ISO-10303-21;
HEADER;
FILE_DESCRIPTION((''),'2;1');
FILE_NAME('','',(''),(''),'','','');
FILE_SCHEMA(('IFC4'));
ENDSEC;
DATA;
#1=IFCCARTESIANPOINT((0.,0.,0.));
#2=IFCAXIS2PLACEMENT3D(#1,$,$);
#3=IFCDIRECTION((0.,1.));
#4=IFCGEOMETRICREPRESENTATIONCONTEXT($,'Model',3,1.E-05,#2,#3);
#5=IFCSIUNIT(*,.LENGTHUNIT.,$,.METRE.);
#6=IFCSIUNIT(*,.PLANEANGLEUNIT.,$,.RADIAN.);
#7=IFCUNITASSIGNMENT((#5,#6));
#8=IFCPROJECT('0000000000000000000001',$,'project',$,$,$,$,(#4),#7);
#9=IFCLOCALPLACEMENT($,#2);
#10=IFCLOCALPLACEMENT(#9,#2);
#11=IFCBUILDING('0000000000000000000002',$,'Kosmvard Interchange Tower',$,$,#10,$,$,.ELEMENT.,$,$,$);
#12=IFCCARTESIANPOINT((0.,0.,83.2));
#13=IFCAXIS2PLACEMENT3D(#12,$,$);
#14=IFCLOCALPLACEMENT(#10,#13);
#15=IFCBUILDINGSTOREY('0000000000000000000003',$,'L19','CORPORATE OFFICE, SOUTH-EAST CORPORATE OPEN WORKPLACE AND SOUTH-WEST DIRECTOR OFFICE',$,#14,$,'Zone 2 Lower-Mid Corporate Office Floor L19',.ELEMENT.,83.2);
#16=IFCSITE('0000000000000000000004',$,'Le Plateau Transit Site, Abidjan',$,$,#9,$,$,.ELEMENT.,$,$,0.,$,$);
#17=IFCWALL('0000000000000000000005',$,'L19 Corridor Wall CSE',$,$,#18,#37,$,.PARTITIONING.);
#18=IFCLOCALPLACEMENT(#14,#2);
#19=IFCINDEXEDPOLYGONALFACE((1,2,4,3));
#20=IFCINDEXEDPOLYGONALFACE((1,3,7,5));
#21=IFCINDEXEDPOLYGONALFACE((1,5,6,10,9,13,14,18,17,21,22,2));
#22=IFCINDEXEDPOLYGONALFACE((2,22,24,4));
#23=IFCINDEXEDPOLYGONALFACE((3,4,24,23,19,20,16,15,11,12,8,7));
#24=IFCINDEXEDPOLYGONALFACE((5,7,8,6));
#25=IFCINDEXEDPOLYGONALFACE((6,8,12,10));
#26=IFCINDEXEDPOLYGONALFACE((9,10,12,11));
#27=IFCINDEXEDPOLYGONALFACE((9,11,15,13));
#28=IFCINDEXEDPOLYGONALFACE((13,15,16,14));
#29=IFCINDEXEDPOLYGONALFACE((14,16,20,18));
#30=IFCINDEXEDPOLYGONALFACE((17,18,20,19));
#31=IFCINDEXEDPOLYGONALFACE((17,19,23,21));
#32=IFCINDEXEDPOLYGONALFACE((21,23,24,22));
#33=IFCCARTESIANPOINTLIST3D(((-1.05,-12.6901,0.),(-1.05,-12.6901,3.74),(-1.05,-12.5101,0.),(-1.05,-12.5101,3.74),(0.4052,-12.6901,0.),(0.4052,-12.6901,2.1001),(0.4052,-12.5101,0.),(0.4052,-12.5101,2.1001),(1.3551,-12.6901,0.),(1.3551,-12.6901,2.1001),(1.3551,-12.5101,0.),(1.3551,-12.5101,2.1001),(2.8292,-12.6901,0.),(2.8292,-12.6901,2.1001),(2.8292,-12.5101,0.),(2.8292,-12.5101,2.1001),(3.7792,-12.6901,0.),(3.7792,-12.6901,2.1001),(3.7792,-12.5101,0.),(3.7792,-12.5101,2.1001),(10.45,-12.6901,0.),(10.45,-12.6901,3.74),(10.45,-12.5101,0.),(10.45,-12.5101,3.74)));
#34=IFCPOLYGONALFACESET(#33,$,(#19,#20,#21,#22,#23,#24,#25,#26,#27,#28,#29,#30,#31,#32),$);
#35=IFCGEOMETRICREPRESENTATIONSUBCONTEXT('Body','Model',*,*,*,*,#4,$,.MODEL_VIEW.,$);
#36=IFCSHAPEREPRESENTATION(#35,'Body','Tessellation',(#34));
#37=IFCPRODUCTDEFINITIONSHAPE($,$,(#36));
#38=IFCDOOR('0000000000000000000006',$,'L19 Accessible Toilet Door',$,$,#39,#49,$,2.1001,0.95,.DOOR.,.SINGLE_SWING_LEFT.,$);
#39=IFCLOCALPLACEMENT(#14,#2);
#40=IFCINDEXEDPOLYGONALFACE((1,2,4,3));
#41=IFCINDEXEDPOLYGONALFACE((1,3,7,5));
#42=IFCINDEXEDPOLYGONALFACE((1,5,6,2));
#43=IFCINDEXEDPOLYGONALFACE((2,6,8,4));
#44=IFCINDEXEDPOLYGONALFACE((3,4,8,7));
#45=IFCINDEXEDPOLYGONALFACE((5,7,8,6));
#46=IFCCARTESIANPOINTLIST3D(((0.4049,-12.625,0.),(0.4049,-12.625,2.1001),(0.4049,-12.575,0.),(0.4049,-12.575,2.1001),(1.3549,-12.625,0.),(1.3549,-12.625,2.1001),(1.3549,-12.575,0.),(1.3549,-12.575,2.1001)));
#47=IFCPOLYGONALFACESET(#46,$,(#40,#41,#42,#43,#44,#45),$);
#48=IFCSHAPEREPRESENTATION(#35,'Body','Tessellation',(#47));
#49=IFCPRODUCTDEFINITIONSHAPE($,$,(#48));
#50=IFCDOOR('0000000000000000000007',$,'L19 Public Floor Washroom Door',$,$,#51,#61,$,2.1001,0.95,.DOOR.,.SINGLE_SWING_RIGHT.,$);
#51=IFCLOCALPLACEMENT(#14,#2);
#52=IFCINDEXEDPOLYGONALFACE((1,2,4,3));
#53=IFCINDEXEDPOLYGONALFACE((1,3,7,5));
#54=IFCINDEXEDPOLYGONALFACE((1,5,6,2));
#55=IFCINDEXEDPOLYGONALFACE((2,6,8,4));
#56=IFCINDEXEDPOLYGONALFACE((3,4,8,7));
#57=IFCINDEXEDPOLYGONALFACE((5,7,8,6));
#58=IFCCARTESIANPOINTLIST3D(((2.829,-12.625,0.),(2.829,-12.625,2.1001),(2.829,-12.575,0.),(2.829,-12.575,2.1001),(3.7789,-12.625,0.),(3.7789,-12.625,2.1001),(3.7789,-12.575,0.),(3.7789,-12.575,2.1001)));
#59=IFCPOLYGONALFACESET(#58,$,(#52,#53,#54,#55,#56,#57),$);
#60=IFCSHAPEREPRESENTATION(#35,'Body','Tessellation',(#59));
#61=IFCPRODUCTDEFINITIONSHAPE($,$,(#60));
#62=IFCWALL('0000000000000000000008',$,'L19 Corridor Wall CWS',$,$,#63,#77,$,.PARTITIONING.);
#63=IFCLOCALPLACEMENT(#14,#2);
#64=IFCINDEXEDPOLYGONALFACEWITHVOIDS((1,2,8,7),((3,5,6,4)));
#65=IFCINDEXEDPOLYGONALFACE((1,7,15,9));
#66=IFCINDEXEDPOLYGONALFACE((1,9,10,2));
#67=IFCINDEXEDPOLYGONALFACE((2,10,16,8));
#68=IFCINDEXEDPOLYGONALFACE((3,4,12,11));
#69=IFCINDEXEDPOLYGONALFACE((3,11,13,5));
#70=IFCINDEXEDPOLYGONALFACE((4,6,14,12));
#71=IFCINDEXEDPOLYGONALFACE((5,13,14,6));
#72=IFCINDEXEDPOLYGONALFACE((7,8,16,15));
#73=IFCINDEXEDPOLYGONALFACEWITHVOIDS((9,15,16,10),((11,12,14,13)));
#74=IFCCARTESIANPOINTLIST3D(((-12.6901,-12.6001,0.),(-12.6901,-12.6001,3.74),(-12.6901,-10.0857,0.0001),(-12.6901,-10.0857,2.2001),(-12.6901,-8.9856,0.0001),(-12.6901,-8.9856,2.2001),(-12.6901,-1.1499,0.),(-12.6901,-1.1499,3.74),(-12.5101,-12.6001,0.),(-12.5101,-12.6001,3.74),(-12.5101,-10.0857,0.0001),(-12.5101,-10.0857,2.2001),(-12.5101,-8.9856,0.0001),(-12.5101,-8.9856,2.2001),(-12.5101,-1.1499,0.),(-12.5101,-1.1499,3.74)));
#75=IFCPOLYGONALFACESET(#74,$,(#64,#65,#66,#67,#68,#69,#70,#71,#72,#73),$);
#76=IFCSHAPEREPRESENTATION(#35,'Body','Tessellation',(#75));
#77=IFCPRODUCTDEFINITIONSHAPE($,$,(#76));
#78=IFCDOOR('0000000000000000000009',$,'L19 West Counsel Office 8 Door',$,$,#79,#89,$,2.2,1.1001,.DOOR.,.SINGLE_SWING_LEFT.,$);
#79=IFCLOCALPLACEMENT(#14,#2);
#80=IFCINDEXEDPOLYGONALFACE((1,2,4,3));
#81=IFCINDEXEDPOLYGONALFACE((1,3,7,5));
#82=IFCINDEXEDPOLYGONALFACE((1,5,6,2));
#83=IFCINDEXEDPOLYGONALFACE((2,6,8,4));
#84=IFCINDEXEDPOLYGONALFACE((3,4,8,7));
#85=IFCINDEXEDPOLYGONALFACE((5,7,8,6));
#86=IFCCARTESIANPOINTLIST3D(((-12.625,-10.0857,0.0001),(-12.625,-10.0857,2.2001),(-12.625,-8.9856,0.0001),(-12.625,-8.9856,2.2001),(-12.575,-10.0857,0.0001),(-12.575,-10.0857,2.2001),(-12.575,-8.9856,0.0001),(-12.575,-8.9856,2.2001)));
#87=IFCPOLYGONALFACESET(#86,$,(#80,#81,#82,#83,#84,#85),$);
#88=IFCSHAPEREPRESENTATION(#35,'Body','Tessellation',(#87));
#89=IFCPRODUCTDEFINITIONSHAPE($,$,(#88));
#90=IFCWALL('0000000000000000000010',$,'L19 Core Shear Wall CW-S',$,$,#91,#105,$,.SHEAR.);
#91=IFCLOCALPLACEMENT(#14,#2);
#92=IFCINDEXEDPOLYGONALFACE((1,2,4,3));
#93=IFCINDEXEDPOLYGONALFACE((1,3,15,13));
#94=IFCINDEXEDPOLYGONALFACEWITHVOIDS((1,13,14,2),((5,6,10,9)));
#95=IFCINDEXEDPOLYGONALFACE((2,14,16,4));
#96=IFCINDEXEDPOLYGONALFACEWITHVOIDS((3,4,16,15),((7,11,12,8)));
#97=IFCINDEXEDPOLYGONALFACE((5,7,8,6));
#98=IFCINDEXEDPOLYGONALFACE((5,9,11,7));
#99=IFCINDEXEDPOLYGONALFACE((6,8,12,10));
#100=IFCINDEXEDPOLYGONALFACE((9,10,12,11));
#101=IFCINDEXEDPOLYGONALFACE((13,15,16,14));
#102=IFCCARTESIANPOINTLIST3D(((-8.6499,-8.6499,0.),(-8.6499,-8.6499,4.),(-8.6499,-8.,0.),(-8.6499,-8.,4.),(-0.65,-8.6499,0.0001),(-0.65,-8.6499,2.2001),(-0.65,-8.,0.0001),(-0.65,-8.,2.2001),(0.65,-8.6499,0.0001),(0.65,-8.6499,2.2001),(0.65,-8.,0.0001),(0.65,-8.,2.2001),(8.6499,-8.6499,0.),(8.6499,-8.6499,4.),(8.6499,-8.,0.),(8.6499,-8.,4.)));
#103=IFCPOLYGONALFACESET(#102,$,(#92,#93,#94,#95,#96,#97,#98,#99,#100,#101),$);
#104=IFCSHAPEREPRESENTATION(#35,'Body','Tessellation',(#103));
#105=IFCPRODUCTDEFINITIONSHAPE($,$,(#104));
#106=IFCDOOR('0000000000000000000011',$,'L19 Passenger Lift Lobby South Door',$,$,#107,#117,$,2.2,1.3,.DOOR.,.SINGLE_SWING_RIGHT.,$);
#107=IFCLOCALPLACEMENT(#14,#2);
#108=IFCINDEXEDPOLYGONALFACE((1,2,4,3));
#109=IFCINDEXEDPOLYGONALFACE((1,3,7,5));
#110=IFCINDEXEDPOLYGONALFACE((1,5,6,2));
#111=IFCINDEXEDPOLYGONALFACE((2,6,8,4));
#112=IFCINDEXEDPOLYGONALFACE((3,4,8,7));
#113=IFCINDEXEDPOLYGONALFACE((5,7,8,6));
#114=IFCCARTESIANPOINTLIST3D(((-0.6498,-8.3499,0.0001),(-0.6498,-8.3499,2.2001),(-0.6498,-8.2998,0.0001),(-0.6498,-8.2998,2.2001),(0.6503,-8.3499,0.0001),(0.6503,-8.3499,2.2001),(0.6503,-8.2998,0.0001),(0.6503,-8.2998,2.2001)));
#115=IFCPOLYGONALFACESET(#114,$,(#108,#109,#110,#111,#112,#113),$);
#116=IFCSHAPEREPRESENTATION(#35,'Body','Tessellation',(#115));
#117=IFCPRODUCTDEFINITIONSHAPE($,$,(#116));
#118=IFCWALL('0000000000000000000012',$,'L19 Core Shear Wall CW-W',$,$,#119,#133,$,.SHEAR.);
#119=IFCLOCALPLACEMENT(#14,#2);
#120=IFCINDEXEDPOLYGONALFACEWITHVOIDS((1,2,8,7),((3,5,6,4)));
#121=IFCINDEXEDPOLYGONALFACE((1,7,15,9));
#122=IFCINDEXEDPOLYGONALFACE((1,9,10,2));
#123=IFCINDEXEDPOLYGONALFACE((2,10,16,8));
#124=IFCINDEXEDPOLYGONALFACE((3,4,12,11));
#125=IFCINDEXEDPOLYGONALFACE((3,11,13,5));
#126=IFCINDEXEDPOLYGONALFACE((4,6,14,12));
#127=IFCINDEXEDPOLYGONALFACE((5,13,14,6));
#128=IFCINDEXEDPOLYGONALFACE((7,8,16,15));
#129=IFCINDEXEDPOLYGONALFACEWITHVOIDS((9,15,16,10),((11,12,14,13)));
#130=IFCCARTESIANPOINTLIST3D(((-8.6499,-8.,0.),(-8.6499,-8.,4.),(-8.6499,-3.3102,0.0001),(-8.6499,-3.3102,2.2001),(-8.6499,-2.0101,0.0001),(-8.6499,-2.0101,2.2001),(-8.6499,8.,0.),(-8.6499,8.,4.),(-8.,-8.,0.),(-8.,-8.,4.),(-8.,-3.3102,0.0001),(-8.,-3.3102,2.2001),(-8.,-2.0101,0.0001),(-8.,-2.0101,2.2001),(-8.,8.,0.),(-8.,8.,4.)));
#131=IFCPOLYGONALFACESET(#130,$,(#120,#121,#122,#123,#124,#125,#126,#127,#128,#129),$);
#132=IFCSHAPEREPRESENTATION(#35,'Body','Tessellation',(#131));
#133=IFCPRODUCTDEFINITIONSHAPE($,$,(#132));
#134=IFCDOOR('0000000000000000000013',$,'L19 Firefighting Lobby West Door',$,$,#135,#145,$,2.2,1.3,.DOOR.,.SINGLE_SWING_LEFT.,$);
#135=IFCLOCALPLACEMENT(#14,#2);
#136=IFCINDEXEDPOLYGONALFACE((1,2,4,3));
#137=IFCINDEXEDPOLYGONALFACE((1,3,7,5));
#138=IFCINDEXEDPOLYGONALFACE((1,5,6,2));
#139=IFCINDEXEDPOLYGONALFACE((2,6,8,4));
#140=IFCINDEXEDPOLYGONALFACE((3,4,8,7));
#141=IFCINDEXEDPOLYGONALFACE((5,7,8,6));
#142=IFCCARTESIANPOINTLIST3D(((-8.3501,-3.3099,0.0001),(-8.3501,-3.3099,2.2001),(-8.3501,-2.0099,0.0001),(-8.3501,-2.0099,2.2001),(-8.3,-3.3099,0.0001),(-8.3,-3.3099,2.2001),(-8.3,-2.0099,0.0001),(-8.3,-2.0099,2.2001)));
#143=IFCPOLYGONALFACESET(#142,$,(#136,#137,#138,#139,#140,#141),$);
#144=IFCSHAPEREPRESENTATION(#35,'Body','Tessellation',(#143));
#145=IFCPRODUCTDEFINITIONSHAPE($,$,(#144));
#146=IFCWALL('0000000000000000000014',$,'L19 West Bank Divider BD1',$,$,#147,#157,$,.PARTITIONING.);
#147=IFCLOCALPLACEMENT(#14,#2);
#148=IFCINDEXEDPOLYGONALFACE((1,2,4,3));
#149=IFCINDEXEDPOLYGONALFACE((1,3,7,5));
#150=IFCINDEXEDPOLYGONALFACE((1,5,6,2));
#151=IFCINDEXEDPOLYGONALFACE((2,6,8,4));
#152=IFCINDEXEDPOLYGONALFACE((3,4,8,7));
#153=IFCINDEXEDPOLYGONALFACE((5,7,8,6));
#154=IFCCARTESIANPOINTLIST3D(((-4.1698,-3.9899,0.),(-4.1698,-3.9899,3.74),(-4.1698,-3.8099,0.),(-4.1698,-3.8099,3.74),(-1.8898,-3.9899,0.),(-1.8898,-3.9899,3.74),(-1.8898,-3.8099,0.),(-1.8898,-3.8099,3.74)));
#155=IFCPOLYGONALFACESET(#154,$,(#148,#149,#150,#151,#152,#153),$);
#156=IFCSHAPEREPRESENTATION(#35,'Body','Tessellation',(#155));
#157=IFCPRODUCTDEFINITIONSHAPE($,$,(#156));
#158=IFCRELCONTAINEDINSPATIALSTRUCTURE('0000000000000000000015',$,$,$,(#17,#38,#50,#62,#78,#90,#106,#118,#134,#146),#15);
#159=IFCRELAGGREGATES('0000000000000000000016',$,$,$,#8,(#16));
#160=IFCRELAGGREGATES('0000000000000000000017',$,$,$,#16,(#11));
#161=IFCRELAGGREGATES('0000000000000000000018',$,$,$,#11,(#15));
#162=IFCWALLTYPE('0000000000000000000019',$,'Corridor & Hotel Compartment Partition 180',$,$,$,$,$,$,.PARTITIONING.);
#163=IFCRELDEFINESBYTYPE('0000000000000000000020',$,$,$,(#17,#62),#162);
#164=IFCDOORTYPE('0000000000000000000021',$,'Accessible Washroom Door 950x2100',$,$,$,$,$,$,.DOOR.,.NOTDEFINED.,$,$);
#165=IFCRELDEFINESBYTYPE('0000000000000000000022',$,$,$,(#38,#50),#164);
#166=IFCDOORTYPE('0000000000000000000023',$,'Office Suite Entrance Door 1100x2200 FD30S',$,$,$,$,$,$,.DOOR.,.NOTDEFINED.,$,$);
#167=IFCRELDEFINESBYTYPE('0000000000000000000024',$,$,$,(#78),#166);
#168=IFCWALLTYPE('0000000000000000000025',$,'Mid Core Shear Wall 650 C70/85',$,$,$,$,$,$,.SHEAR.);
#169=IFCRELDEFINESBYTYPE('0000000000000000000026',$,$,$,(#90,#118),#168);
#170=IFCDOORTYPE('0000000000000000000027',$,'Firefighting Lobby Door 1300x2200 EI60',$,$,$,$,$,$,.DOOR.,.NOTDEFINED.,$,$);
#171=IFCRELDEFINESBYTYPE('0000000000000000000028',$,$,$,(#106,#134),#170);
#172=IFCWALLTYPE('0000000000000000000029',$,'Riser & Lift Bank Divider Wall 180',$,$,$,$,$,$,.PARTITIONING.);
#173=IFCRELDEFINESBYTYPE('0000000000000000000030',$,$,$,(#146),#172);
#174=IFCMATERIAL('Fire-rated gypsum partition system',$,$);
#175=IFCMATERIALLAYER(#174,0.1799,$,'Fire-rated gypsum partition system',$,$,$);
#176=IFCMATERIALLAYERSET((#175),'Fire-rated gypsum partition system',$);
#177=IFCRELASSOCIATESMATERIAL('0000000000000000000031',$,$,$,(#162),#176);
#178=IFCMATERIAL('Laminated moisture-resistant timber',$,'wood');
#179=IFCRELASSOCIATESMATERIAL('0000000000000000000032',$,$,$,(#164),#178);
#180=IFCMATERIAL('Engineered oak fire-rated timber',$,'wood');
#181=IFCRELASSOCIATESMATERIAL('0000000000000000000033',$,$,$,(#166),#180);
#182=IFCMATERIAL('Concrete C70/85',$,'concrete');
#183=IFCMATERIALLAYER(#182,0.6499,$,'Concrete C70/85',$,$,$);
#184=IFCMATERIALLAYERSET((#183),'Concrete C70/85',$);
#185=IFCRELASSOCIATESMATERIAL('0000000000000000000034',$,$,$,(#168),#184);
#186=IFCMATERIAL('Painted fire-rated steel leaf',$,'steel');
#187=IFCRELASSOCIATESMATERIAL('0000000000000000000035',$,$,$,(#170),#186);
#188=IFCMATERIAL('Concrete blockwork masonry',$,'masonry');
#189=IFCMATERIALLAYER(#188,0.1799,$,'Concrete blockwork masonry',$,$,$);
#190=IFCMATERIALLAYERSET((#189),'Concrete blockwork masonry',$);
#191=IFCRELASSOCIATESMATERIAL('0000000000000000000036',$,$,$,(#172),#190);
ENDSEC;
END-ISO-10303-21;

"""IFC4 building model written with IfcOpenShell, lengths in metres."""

from ifc_helpers import new_model, si_unit, direction, frame, frame_2d, origin, place, context, subcontext, project, spatial, rectangle, extrude, source, transform, mapped, material, layer, layer_set, type_object, element, fill, save


model = new_model("IFC4")

# Units and contexts
model_context = context("Model", 3, precision=1e-05, world=origin(), true_north=direction((0.0, 1.0)))
body_context = subcontext(model_context, "Body", "Model", "MODEL_VIEW")
ifc_project = project(units=[si_unit("LENGTHUNIT", "METRE"), si_unit("PLANEANGLEUNIT", "RADIAN")], contexts=[model_context])

# Site, building, storey
site_placement = place(None, origin())
site = spatial("IfcSite", under=ifc_project, at=site_placement, Name="Le Plateau Transit Site, Abidjan", CompositionType="ELEMENT", RefElevation=0.0)
building_placement = place(site_placement, origin())
building = spatial("IfcBuilding", under=site, at=building_placement, Name="Kosmvard Interchange Tower", CompositionType="ELEMENT")
storey_placement = place(building_placement, frame((0.0, 0.0, 83.2)))
storey = spatial("IfcBuildingStorey", under=building, at=storey_placement, Name="L19", Description="CORPORATE OFFICE, SOUTH-EAST CORPORATE OPEN WORKPLACE AND SOUTH-WEST DIRECTOR OFFICE", LongName="Zone 2 Lower-Mid Corporate Office Floor L19", CompositionType="ELEMENT", Elevation=83.2)

# Wall, openings, doors
ifc_material_1 = material(Name="Fire-rated gypsum partition system")
ifc_layer_1 = layer(ifc_material_1, 0.1799, Name="Fire-rated gypsum partition system")
ifc_layer_set_1 = layer_set([ifc_layer_1], Name="Fire-rated gypsum partition system")
wall_type_1 = type_object("IfcWallType", Name="Corridor & Hotel Compartment Partition 180", PredefinedType="PARTITIONING", material=ifc_layer_set_1)
shared_shape_1 = source(origin(), body_context, "Body", "SweptSolid", [
    extrude(rectangle(XDim=1.1001, YDim=2.2, at=frame_2d((0.55, 1.1001))), frame((0.0, 0.0249, 0.0), z_axis=(0.0, -1.0, 0.0), x_axis=(1.0, 0.0, 0.0)), (0.0, 0.0, 1.0), 0.05),
])
wall_1_placement = place(storey_placement, frame((-1.05, -12.6001, 0.0), z_axis=(0.0, 0.0, 1.0), x_axis=(1.0, 0.0, 0.0)))
wall_1 = element("IfcWall", 1, at=wall_1_placement, inside=storey, type_object=wall_type_1, Name="L19 Corridor Wall CSE", PredefinedType="PARTITIONING", context=body_context, shape_type="SweptSolid", body=[
    extrude(rectangle(XDim=11.5, YDim=0.1799, at=frame_2d((5.75, 0.0))), origin(), (0.0, 0.0, 1.0), 3.74),
])
opening_1_placement = place(wall_1_placement, frame((1.4551, 0.0, 0.0)))
opening_1 = element("IfcOpeningElement", 2, at=opening_1_placement, cuts=wall_1, PredefinedType="OPENING", context=body_context, shape_type="SweptSolid", body=[
    extrude(rectangle(XDim=0.95, YDim=2.1001, at=frame_2d((0.4751, 1.05))), frame((0.0, 0.1001, 0.0), z_axis=(0.0, -1.0, 0.0), x_axis=(1.0, 0.0, 0.0)), (0.0, 0.0, 1.0), 0.2),
])
opening_2_placement = place(wall_1_placement, frame((3.8792, 0.0, 0.0)))
opening_2 = element("IfcOpeningElement", 3, at=opening_2_placement, cuts=wall_1, PredefinedType="OPENING", context=body_context, shape_type="SweptSolid", body=[
    extrude(rectangle(XDim=0.95, YDim=2.1001, at=frame_2d((0.4751, 1.05))), frame((0.0, 0.1001, 0.0), z_axis=(0.0, -1.0, 0.0), x_axis=(1.0, 0.0, 0.0)), (0.0, 0.0, 1.0), 0.2),
])
ifc_material_2 = material(Name="Laminated moisture-resistant timber", Category="wood")
door_type_1 = type_object("IfcDoorType", Name="Accessible Washroom Door 950x2100", OperationType="NOTDEFINED", PredefinedType="DOOR", material=ifc_material_2)
shared_shape_2 = source(origin(), body_context, "Body", "SweptSolid", [
    extrude(rectangle(XDim=0.95, YDim=2.1001, at=frame_2d((0.4751, 1.05))), frame((0.0, 0.0249, 0.0), z_axis=(0.0, -1.0, 0.0), x_axis=(1.0, 0.0, 0.0)), (0.0, 0.0, 1.0), 0.05),
])
door_1_placement = place(opening_1_placement, frame((0.95, 0.0, 0.0), z_axis=(0.0, 0.0, 1.0), x_axis=(-1.0, 0.0, 0.0)))
door_1 = element("IfcDoor", 4, at=door_1_placement, inside=storey, type_object=door_type_1, Name="L19 Accessible Toilet Door", OperationType="SINGLE_SWING_LEFT", OverallHeight=2.1001, OverallWidth=0.95, PredefinedType="DOOR", context=body_context, shape_type="MappedRepresentation", body=[
    mapped(shared_shape_2, transform((0.0, 0.0, 0.0), scale=1.0)),
])
fill(opening_1, door_1)
door_2_placement = place(opening_2_placement, frame((0.95, 0.0, 0.0), z_axis=(0.0, 0.0, 1.0), x_axis=(-1.0, 0.0, 0.0)))
door_2 = element("IfcDoor", 5, at=door_2_placement, inside=storey, type_object=door_type_1, Name="L19 Public Floor Washroom Door", OperationType="SINGLE_SWING_RIGHT", OverallHeight=2.1001, OverallWidth=0.95, PredefinedType="DOOR", context=body_context, shape_type="MappedRepresentation", body=[
    mapped(shared_shape_2, transform((0.0, 0.0, 0.0), scale=1.0)),
])
fill(opening_2, door_2)

# Walls, openings, doors
wall_2_placement = place(storey_placement, frame((-12.6001, -12.6001, 0.0), z_axis=(0.0, 0.0, 1.0), x_axis=(0.0, 1.0, 0.0)))
wall_2 = element("IfcWall", 6, at=wall_2_placement, inside=storey, type_object=wall_type_1, Name="L19 Corridor Wall CWS", PredefinedType="PARTITIONING", context=body_context, shape_type="SweptSolid", body=[
    extrude(rectangle(XDim=11.4502, YDim=0.1799, at=frame_2d((5.7251, 0.0))), origin(), (0.0, 0.0, 1.0), 3.74),
])
opening_3_placement = place(wall_2_placement, frame((2.5144, 0.0, 0.0)))
opening_3 = element("IfcOpeningElement", 7, at=opening_3_placement, cuts=wall_2, PredefinedType="OPENING", context=body_context, shape_type="SweptSolid", body=[
    extrude(rectangle(XDim=1.1001, YDim=2.2, at=frame_2d((0.55, 1.1001))), frame((0.0, 0.1001, 0.0), z_axis=(0.0, -1.0, 0.0), x_axis=(1.0, 0.0, 0.0)), (0.0, 0.0, 1.0), 0.2),
])
ifc_material_3 = material(Name="Engineered oak fire-rated timber", Category="wood")
door_type_2 = type_object("IfcDoorType", Name="Office Suite Entrance Door 1100x2200 FD30S", OperationType="NOTDEFINED", PredefinedType="DOOR", material=ifc_material_3)
door_3_placement = place(opening_3_placement, origin())
door_3 = element("IfcDoor", 8, at=door_3_placement, inside=storey, type_object=door_type_2, Name="L19 West Counsel Office 8 Door", OperationType="SINGLE_SWING_LEFT", OverallHeight=2.2, OverallWidth=1.1001, PredefinedType="DOOR", context=body_context, shape_type="MappedRepresentation", body=[
    mapped(shared_shape_1, transform((0.0, 0.0, 0.0), scale=1.0)),
])
fill(opening_3, door_3)
ifc_material_4 = material(Name="Concrete C70/85", Category="concrete")
ifc_layer_2 = layer(ifc_material_4, 0.6499, Name="Concrete C70/85")
ifc_layer_set_2 = layer_set([ifc_layer_2], Name="Concrete C70/85")
wall_type_2 = type_object("IfcWallType", Name="Mid Core Shear Wall 650 C70/85", PredefinedType="SHEAR", material=ifc_layer_set_2)
wall_3_placement = place(storey_placement, frame((-8.6499, -8.325, 0.0), z_axis=(0.0, 0.0, 1.0), x_axis=(1.0, 0.0, 0.0)))
wall_3 = element("IfcWall", 9, at=wall_3_placement, inside=storey, type_object=wall_type_2, Name="L19 Core Shear Wall CW-S", PredefinedType="SHEAR", context=body_context, shape_type="SweptSolid", body=[
    extrude(rectangle(XDim=17.2998, YDim=0.6499, at=frame_2d((8.6499, 0.0))), origin(), (0.0, 0.0, 1.0), 4.0),
])
opening_4_placement = place(wall_3_placement, frame((8.0, 0.0, 0.0)))
opening_4 = element("IfcOpeningElement", 10, at=opening_4_placement, cuts=wall_3, PredefinedType="OPENING", context=body_context, shape_type="SweptSolid", body=[
    extrude(rectangle(XDim=1.3, YDim=2.2, at=frame_2d((0.6499, 1.1001))), frame((0.0, 0.335, 0.0), z_axis=(0.0, -1.0, 0.0), x_axis=(1.0, 0.0, 0.0)), (0.0, 0.0, 1.0), 0.6699),
])
ifc_material_5 = material(Name="Painted fire-rated steel leaf", Category="steel")
door_type_3 = type_object("IfcDoorType", Name="Firefighting Lobby Door 1300x2200 EI60", OperationType="NOTDEFINED", PredefinedType="DOOR", material=ifc_material_5)
shared_shape_3 = source(origin(), body_context, "Body", "SweptSolid", [
    extrude(rectangle(XDim=1.3, YDim=2.2, at=frame_2d((0.6499, 1.1001))), frame((0.0, 0.0249, 0.0), z_axis=(0.0, -1.0, 0.0), x_axis=(1.0, 0.0, 0.0)), (0.0, 0.0, 1.0), 0.05),
])
door_4_placement = place(opening_4_placement, frame((1.3, 0.0, 0.0), z_axis=(0.0, 0.0, 1.0), x_axis=(-1.0, 0.0, 0.0)))
door_4 = element("IfcDoor", 11, at=door_4_placement, inside=storey, type_object=door_type_3, Name="L19 Passenger Lift Lobby South Door", OperationType="SINGLE_SWING_RIGHT", OverallHeight=2.2, OverallWidth=1.3, PredefinedType="DOOR", context=body_context, shape_type="MappedRepresentation", body=[
    mapped(shared_shape_3, transform((0.0, 0.0, 0.0), scale=1.0)),
])
fill(opening_4, door_4)
wall_4_placement = place(storey_placement, frame((-8.325, -8.0, 0.0), z_axis=(0.0, 0.0, 1.0), x_axis=(0.0, 1.0, 0.0)))
wall_4 = element("IfcWall", 12, at=wall_4_placement, inside=storey, type_object=wall_type_2, Name="L19 Core Shear Wall CW-W", PredefinedType="SHEAR", context=body_context, shape_type="SweptSolid", body=[
    extrude(rectangle(XDim=16.0, YDim=0.6499, at=frame_2d((8.0, 0.0))), origin(), (0.0, 0.0, 1.0), 4.0),
])
opening_5_placement = place(wall_4_placement, frame((4.6899, 0.0, 0.0)))
opening_5 = element("IfcOpeningElement", 13, at=opening_5_placement, cuts=wall_4, PredefinedType="OPENING", context=body_context, shape_type="SweptSolid", body=[
    extrude(rectangle(XDim=1.3, YDim=2.2, at=frame_2d((0.6499, 1.1001))), frame((0.0, 0.335, 0.0), z_axis=(0.0, -1.0, 0.0), x_axis=(1.0, 0.0, 0.0)), (0.0, 0.0, 1.0), 0.6699),
])
door_5_placement = place(opening_5_placement, frame((1.3, 0.0, 0.0), z_axis=(0.0, 0.0, 1.0), x_axis=(-1.0, 0.0, 0.0)))
door_5 = element("IfcDoor", 14, at=door_5_placement, inside=storey, type_object=door_type_3, Name="L19 Firefighting Lobby West Door", OperationType="SINGLE_SWING_LEFT", OverallHeight=2.2, OverallWidth=1.3, PredefinedType="DOOR", context=body_context, shape_type="MappedRepresentation", body=[
    mapped(shared_shape_3, transform((0.0, 0.0, 0.0), scale=1.0)),
])
fill(opening_5, door_5)

# Wall
ifc_material_6 = material(Name="Concrete blockwork masonry", Category="masonry")
ifc_layer_3 = layer(ifc_material_6, 0.1799, Name="Concrete blockwork masonry")
ifc_layer_set_3 = layer_set([ifc_layer_3], Name="Concrete blockwork masonry")
wall_type_3 = type_object("IfcWallType", Name="Riser & Lift Bank Divider Wall 180", PredefinedType="PARTITIONING", material=ifc_layer_set_3)
wall_5_placement = place(storey_placement, frame((-4.1699, -3.8999, 0.0), z_axis=(0.0, 0.0, 1.0), x_axis=(1.0, 0.0, 0.0)))
element("IfcWall", 15, at=wall_5_placement, inside=storey, type_object=wall_type_3, Name="L19 West Bank Divider BD1", PredefinedType="PARTITIONING", context=body_context, shape_type="SweptSolid", body=[
    extrude(rectangle(XDim=2.28, YDim=0.1799, at=frame_2d((1.1401, 0.0))), origin(), (0.0, 0.0, 1.0), 3.74),
])

save(model, "model.ifc")
